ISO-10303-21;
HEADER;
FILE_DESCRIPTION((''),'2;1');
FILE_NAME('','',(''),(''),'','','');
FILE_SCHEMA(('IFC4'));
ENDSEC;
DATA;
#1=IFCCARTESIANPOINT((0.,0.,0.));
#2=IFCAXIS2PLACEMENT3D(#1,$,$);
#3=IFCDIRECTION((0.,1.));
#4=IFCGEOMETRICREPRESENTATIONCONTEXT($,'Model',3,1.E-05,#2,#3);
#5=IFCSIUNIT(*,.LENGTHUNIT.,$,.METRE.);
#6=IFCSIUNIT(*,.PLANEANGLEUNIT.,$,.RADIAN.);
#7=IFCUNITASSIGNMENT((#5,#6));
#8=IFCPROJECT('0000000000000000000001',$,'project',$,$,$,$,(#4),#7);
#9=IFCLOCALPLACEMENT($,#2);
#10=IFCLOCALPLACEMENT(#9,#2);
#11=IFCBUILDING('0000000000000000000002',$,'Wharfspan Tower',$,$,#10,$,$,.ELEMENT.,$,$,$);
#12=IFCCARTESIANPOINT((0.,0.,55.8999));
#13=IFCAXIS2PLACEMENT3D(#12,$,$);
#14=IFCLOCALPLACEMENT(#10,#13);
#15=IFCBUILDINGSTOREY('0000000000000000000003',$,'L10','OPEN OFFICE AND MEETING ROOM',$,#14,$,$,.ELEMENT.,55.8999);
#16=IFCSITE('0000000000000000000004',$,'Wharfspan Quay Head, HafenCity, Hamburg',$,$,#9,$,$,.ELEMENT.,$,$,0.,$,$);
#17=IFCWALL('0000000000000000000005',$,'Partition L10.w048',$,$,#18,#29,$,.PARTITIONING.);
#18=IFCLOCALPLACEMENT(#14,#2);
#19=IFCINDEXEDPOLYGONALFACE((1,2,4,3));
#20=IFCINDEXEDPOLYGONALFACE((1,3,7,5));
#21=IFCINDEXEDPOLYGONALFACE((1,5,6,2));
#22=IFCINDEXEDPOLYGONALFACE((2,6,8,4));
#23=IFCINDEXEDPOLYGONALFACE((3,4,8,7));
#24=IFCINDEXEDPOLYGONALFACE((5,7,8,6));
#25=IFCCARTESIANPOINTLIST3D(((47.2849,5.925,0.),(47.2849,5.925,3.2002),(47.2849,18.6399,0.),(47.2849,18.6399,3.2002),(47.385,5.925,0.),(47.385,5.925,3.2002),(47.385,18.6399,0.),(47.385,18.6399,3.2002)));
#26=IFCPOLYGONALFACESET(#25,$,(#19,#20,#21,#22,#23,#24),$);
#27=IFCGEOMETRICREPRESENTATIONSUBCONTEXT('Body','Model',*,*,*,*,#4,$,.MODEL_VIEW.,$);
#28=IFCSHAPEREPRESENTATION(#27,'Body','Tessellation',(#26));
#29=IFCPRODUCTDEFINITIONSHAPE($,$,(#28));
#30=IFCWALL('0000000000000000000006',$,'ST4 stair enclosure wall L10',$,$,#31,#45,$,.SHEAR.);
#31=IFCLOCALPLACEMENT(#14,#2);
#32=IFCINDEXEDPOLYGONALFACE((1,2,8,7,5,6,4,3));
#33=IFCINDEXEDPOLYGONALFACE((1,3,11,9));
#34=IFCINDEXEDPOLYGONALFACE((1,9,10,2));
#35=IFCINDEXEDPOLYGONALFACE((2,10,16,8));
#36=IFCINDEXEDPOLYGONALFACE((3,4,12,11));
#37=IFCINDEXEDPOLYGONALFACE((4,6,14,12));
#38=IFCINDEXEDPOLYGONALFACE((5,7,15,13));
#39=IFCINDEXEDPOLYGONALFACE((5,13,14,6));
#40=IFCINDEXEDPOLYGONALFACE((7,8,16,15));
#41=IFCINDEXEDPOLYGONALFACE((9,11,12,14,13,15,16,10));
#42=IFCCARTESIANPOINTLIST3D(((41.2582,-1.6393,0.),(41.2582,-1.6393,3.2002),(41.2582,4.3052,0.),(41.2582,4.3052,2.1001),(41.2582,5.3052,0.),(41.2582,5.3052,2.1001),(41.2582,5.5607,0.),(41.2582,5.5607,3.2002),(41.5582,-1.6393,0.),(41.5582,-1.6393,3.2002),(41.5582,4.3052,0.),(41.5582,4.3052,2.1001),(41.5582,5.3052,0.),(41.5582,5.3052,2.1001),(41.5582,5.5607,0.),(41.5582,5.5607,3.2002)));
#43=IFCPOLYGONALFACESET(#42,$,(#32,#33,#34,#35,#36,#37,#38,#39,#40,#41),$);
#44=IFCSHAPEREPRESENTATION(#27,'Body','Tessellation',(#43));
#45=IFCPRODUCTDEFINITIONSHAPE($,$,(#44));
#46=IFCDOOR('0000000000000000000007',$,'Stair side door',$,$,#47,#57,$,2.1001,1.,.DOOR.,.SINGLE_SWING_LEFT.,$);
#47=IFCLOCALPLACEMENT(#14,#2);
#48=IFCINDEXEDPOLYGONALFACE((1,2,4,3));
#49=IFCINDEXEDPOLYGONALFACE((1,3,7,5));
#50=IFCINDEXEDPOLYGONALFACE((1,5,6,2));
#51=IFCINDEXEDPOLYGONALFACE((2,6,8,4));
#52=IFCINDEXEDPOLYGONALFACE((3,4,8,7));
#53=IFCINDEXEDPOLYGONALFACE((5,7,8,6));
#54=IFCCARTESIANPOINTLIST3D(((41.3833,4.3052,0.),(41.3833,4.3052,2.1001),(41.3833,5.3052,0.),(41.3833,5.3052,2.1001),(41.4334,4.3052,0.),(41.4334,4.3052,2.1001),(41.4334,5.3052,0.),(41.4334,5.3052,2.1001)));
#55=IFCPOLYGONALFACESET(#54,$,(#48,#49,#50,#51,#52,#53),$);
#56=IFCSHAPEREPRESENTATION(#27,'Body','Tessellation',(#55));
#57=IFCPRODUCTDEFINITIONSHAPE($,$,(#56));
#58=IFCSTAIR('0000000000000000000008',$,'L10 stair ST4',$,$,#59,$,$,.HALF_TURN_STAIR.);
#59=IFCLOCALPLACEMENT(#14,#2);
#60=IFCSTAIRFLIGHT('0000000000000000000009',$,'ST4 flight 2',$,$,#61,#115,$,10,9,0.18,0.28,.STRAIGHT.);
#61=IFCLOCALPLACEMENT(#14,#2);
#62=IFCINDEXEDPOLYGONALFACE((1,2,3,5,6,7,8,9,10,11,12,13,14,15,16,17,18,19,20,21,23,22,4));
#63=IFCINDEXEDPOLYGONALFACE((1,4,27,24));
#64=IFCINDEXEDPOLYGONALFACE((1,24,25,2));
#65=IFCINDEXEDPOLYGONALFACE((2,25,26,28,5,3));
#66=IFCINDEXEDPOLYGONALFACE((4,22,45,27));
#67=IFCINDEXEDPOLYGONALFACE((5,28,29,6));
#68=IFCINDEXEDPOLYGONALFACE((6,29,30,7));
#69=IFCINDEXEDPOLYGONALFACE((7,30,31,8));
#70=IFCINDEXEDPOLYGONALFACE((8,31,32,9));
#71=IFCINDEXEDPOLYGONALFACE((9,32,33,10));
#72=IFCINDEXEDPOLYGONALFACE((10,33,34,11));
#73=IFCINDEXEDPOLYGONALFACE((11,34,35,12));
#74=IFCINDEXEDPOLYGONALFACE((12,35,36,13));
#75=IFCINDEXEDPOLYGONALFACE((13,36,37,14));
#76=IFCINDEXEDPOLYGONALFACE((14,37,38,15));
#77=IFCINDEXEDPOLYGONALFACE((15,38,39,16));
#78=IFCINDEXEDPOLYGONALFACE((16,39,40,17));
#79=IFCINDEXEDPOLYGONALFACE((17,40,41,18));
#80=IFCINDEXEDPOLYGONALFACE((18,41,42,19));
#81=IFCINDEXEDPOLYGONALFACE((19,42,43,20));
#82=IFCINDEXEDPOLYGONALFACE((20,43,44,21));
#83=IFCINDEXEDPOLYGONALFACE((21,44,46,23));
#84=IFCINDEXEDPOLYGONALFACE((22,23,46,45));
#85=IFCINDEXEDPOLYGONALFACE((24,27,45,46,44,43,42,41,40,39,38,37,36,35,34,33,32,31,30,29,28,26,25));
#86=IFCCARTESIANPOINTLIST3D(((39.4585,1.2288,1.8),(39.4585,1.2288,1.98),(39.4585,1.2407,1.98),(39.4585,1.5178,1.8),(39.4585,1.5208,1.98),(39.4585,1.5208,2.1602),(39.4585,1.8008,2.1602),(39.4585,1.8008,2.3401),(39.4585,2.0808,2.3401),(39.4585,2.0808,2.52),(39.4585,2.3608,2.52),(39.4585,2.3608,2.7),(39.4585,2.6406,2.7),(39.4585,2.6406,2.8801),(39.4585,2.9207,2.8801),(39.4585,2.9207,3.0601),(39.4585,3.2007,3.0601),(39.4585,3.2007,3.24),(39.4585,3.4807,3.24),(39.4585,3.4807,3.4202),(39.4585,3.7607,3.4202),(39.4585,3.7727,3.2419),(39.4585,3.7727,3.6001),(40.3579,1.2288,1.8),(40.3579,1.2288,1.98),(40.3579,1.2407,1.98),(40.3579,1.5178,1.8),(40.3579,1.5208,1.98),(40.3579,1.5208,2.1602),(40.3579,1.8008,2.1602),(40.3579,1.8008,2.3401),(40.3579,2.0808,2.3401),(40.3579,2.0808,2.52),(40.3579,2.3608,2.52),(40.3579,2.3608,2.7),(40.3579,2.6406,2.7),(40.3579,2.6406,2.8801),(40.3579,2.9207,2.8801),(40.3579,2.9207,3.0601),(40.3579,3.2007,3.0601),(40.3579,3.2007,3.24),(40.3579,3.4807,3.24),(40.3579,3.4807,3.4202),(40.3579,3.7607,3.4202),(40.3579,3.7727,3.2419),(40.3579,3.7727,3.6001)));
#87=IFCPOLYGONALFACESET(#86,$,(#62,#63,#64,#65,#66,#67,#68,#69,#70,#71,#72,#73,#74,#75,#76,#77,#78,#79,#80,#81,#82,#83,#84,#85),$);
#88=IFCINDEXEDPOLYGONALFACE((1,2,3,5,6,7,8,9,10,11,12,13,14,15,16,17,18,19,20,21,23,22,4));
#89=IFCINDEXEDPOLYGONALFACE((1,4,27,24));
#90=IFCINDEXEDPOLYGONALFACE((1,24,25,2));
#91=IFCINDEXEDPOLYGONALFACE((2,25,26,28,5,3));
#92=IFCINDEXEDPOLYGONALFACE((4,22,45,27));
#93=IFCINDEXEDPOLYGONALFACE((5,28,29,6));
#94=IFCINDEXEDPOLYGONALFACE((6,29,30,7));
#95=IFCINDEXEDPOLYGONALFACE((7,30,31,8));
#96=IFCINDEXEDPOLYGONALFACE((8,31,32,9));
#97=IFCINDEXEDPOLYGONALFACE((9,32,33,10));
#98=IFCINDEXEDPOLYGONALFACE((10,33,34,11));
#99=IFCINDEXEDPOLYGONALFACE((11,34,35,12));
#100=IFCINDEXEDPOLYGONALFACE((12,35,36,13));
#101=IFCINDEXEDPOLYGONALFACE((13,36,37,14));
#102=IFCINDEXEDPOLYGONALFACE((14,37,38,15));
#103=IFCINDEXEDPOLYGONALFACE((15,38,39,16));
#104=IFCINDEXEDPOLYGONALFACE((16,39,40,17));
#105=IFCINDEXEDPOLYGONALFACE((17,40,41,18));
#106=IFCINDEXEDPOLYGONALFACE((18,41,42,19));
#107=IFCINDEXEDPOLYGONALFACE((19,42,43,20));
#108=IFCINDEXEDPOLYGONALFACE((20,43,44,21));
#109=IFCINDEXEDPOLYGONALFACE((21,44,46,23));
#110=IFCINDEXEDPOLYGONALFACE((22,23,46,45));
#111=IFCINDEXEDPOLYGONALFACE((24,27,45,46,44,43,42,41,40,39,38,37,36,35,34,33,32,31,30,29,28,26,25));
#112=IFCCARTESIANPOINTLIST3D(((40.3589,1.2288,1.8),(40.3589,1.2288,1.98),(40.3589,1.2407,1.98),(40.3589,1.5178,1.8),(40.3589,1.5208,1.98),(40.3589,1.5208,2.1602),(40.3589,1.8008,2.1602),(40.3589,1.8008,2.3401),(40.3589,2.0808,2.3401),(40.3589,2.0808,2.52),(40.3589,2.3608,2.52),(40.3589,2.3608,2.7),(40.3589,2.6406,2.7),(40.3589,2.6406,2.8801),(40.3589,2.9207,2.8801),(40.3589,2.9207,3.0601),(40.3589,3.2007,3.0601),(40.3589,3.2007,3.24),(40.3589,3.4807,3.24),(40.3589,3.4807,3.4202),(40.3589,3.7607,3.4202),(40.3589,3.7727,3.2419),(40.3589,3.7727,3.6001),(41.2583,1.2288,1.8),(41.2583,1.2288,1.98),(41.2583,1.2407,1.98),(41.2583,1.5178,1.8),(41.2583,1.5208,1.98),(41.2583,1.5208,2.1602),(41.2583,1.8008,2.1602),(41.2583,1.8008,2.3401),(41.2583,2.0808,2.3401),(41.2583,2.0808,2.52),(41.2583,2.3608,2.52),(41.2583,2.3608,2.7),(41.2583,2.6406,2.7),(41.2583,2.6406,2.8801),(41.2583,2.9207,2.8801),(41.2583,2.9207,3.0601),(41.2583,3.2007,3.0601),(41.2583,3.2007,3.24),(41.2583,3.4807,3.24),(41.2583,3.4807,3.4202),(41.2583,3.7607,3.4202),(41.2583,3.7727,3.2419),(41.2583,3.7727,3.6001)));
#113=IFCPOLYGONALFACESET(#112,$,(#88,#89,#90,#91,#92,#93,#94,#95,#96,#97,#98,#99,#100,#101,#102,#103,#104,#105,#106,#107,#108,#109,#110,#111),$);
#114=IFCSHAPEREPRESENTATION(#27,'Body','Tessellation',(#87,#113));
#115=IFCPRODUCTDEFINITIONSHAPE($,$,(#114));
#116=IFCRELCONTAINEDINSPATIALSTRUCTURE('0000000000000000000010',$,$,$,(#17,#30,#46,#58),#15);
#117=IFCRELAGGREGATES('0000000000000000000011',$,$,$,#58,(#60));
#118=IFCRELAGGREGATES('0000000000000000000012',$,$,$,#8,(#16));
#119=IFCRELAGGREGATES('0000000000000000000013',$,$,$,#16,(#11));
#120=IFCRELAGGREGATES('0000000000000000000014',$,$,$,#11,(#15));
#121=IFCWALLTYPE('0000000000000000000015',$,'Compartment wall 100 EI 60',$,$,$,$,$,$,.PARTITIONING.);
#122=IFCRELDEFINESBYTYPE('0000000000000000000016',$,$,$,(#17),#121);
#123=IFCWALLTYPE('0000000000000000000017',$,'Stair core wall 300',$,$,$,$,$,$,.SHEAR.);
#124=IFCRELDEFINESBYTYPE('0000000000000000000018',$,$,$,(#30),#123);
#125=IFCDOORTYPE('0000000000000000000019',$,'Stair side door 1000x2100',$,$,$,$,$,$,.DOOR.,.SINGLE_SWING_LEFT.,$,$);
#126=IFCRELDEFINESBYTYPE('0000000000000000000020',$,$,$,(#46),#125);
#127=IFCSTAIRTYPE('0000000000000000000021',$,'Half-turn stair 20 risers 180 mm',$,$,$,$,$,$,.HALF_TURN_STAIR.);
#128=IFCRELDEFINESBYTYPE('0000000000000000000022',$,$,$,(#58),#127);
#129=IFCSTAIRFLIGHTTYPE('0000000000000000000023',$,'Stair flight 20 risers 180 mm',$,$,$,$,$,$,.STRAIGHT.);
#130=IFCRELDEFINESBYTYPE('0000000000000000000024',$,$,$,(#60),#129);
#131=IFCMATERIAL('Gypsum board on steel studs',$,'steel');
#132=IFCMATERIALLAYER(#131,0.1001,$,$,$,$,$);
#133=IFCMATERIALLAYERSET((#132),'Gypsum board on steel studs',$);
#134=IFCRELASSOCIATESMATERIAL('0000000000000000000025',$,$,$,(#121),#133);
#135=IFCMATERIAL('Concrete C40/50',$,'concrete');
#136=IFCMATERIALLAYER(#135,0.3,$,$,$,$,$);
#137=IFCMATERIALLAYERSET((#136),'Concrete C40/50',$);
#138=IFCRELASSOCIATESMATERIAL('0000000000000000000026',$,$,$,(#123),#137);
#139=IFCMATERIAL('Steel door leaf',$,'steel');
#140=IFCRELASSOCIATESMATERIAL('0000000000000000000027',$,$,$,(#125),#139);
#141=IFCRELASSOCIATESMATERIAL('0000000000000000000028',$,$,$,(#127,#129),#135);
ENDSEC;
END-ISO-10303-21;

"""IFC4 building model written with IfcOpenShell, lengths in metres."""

from ifc_helpers import new_model, si_unit, direction, frame, frame_2d, origin, place, context, subcontext, project, spatial, polyline, rectangle, outline, extrude, material, layer, layer_set, type_object, element, fill, aggregate, save


model = new_model("IFC4")

# Units and contexts
model_context = context("Model", 3, precision=1e-05, world=origin(), true_north=direction((0.0, 1.0)))
body_context = subcontext(model_context, "Body", "Model", "MODEL_VIEW")
ifc_project = project(units=[si_unit("LENGTHUNIT", "METRE"), si_unit("PLANEANGLEUNIT", "RADIAN")], contexts=[model_context])

# Site, building, storey
site_placement = place(None, origin())
site = spatial("IfcSite", under=ifc_project, at=site_placement, Name="Wharfspan Quay Head, HafenCity, Hamburg", CompositionType="ELEMENT", RefElevation=0.0)
building_placement = place(site_placement, origin())
building = spatial("IfcBuilding", under=site, at=building_placement, Name="Wharfspan Tower", CompositionType="ELEMENT")
storey_placement = place(building_placement, frame((0.0, 0.0, 55.8999)))
storey = spatial("IfcBuildingStorey", under=building, at=storey_placement, Name="L10", Description="OPEN OFFICE AND MEETING ROOM", CompositionType="ELEMENT", Elevation=55.8999)

# Shared definitions
ifc_material_1 = material(Name="Gypsum board on steel studs", Category="steel")
ifc_layer_1 = layer(ifc_material_1, 0.1001)
ifc_layer_set_1 = layer_set([ifc_layer_1], Name="Gypsum board on steel studs")
wall_type_1 = type_object("IfcWallType", Name="Compartment wall 100 EI 60", PredefinedType="PARTITIONING", material=ifc_layer_set_1)

# Wall
for number, where, z_axis, x_axis, name in (
    (1, (47.335, 5.925, 0.0), (0.0, 0.0, 1.0), (0.0, 1.0, 0.0), "Partition L10.w048"),
):
    element("IfcWall", number, at=place(storey_placement, frame(where, z_axis=z_axis, x_axis=x_axis)), inside=storey, type_object=wall_type_1, Name=name, PredefinedType="PARTITIONING", context=body_context, shape_type="SweptSolid", body=[
        extrude(rectangle(XDim=12.7148, YDim=0.1001, at=frame_2d((6.3574, 0.0))), origin(), (0.0, 0.0, 1.0), 3.2002),
    ])

# Wall, opening, door
ifc_material_2 = material(Name="Concrete C40/50", Category="concrete")
ifc_layer_2 = layer(ifc_material_2, 0.3)
ifc_layer_set_2 = layer_set([ifc_layer_2], Name="Concrete C40/50")
wall_type_2 = type_object("IfcWallType", Name="Stair core wall 300", PredefinedType="SHEAR", material=ifc_layer_set_2)
wall_1_placement = place(storey_placement, frame((41.4082, -1.6394, 0.0), z_axis=(0.0, 0.0, 1.0), x_axis=(0.0, 1.0, 0.0)))
wall_1 = element("IfcWall", 2, at=wall_1_placement, inside=storey, type_object=wall_type_2, Name="ST4 stair enclosure wall L10", PredefinedType="SHEAR", context=body_context, shape_type="SweptSolid", body=[
    extrude(rectangle(XDim=7.2, YDim=0.3, at=frame_2d((3.6001, 0.0))), origin(), (0.0, 0.0, 1.0), 3.2002),
])
opening_1_placement = place(wall_1_placement, frame((5.9446, 0.0, 0.0)))
opening_1 = element("IfcOpeningElement", 3, at=opening_1_placement, cuts=wall_1, PredefinedType="OPENING", context=body_context, shape_type="SweptSolid", body=[
    extrude(rectangle(XDim=1.0, YDim=2.1001, at=frame_2d((0.5, 1.05))), frame((0.0, 0.1599, 0.0), z_axis=(0.0, -1.0, 0.0), x_axis=(1.0, 0.0, 0.0)), (0.0, 0.0, 1.0), 0.3201),
])
ifc_material_3 = material(Name="Steel door leaf", Category="steel")
door_type_1 = type_object("IfcDoorType", Name="Stair side door 1000x2100", OperationType="SINGLE_SWING_LEFT", PredefinedType="DOOR", material=ifc_material_3)
door_1_placement = place(opening_1_placement, origin())
door_1 = element("IfcDoor", 4, at=door_1_placement, inside=storey, type_object=door_type_1, Name="Stair side door", OperationType="SINGLE_SWING_LEFT", OverallHeight=2.1001, OverallWidth=1.0, PredefinedType="DOOR", context=body_context, shape_type="SweptSolid", body=[
    extrude(rectangle(XDim=1.0, YDim=2.1001, at=frame_2d((0.5, 1.05))), frame((0.0, 0.0249, 0.0), z_axis=(0.0, -1.0, 0.0), x_axis=(1.0, 0.0, 0.0)), (0.0, 0.0, 1.0), 0.05),
])
fill(opening_1, door_1)

# Stair, stair flight
stair_type = type_object("IfcStairType", Name="Half-turn stair 20 risers 180 mm", PredefinedType="HALF_TURN_STAIR", material=ifc_material_2)
stair_placement = place(storey_placement, origin())
stair = element("IfcStair", 5, at=stair_placement, inside=storey, type_object=stair_type, Name="L10 stair ST4", PredefinedType="HALF_TURN_STAIR")
stair_flight_type = type_object("IfcStairFlightType", Name="Stair flight 20 risers 180 mm", PredefinedType="STRAIGHT", material=ifc_material_2)
stair_flight_placement = place(storey_placement, frame((40.3584, 1.2407, 1.8), z_axis=(0.0, 0.0, 1.0), x_axis=(0.0, 1.0, 0.0)))
stair_flight = element("IfcStairFlight", 6, at=stair_flight_placement, type_object=stair_flight_type, Name="ST4 flight 2", NumberOfRisers=10, NumberOfTreads=9, PredefinedType="STRAIGHT", RiserHeight=0.18, TreadLength=0.28, context=body_context, shape_type="SweptSolid", body=[
    extrude(outline(polyline([(-0.012, 0.0), (-0.012, 0.1799), (0.0, 0.1799), (0.28, 0.1799), (0.28, 0.3601), (0.5601, 0.3601), (0.5601, 0.54), (0.8401, 0.54), (0.8401, 0.72), (1.1201, 0.72), (1.1201, 0.8999), (1.3999, 0.8999), (1.3999, 1.0801), (1.6799, 1.0801), (1.6799, 1.26), (1.96, 1.26), (1.96, 1.4399), (2.24, 1.4399), (2.24, 1.6201), (2.52, 1.6201), (2.532, 1.8), (2.532, 1.4419), (0.2771, 0.0), (-0.012, 0.0)])), frame((0.0, 0.8999, 0.0), z_axis=(0.0, -1.0, 0.0), x_axis=(1.0, 0.0, 0.0)), (0.0, 0.0, 1.0), 0.8994),
    extrude(outline(polyline([(-0.012, 0.0), (-0.012, 0.1799), (0.0, 0.1799), (0.28, 0.1799), (0.28, 0.3601), (0.5601, 0.3601), (0.5601, 0.54), (0.8401, 0.54), (0.8401, 0.72), (1.1201, 0.72), (1.1201, 0.8999), (1.3999, 0.8999), (1.3999, 1.0801), (1.6799, 1.0801), (1.6799, 1.26), (1.96, 1.26), (1.96, 1.4399), (2.24, 1.4399), (2.24, 1.6201), (2.52, 1.6201), (2.532, 1.8), (2.532, 1.4419), (0.2771, 0.0), (-0.012, 0.0)])), frame((0.0, -0.0005, 0.0), z_axis=(0.0, -1.0, 0.0), x_axis=(1.0, 0.0, 0.0)), (0.0, 0.0, 1.0), 0.8994),
])
aggregate(stair, [stair_flight])

save(model, "model.ifc")
